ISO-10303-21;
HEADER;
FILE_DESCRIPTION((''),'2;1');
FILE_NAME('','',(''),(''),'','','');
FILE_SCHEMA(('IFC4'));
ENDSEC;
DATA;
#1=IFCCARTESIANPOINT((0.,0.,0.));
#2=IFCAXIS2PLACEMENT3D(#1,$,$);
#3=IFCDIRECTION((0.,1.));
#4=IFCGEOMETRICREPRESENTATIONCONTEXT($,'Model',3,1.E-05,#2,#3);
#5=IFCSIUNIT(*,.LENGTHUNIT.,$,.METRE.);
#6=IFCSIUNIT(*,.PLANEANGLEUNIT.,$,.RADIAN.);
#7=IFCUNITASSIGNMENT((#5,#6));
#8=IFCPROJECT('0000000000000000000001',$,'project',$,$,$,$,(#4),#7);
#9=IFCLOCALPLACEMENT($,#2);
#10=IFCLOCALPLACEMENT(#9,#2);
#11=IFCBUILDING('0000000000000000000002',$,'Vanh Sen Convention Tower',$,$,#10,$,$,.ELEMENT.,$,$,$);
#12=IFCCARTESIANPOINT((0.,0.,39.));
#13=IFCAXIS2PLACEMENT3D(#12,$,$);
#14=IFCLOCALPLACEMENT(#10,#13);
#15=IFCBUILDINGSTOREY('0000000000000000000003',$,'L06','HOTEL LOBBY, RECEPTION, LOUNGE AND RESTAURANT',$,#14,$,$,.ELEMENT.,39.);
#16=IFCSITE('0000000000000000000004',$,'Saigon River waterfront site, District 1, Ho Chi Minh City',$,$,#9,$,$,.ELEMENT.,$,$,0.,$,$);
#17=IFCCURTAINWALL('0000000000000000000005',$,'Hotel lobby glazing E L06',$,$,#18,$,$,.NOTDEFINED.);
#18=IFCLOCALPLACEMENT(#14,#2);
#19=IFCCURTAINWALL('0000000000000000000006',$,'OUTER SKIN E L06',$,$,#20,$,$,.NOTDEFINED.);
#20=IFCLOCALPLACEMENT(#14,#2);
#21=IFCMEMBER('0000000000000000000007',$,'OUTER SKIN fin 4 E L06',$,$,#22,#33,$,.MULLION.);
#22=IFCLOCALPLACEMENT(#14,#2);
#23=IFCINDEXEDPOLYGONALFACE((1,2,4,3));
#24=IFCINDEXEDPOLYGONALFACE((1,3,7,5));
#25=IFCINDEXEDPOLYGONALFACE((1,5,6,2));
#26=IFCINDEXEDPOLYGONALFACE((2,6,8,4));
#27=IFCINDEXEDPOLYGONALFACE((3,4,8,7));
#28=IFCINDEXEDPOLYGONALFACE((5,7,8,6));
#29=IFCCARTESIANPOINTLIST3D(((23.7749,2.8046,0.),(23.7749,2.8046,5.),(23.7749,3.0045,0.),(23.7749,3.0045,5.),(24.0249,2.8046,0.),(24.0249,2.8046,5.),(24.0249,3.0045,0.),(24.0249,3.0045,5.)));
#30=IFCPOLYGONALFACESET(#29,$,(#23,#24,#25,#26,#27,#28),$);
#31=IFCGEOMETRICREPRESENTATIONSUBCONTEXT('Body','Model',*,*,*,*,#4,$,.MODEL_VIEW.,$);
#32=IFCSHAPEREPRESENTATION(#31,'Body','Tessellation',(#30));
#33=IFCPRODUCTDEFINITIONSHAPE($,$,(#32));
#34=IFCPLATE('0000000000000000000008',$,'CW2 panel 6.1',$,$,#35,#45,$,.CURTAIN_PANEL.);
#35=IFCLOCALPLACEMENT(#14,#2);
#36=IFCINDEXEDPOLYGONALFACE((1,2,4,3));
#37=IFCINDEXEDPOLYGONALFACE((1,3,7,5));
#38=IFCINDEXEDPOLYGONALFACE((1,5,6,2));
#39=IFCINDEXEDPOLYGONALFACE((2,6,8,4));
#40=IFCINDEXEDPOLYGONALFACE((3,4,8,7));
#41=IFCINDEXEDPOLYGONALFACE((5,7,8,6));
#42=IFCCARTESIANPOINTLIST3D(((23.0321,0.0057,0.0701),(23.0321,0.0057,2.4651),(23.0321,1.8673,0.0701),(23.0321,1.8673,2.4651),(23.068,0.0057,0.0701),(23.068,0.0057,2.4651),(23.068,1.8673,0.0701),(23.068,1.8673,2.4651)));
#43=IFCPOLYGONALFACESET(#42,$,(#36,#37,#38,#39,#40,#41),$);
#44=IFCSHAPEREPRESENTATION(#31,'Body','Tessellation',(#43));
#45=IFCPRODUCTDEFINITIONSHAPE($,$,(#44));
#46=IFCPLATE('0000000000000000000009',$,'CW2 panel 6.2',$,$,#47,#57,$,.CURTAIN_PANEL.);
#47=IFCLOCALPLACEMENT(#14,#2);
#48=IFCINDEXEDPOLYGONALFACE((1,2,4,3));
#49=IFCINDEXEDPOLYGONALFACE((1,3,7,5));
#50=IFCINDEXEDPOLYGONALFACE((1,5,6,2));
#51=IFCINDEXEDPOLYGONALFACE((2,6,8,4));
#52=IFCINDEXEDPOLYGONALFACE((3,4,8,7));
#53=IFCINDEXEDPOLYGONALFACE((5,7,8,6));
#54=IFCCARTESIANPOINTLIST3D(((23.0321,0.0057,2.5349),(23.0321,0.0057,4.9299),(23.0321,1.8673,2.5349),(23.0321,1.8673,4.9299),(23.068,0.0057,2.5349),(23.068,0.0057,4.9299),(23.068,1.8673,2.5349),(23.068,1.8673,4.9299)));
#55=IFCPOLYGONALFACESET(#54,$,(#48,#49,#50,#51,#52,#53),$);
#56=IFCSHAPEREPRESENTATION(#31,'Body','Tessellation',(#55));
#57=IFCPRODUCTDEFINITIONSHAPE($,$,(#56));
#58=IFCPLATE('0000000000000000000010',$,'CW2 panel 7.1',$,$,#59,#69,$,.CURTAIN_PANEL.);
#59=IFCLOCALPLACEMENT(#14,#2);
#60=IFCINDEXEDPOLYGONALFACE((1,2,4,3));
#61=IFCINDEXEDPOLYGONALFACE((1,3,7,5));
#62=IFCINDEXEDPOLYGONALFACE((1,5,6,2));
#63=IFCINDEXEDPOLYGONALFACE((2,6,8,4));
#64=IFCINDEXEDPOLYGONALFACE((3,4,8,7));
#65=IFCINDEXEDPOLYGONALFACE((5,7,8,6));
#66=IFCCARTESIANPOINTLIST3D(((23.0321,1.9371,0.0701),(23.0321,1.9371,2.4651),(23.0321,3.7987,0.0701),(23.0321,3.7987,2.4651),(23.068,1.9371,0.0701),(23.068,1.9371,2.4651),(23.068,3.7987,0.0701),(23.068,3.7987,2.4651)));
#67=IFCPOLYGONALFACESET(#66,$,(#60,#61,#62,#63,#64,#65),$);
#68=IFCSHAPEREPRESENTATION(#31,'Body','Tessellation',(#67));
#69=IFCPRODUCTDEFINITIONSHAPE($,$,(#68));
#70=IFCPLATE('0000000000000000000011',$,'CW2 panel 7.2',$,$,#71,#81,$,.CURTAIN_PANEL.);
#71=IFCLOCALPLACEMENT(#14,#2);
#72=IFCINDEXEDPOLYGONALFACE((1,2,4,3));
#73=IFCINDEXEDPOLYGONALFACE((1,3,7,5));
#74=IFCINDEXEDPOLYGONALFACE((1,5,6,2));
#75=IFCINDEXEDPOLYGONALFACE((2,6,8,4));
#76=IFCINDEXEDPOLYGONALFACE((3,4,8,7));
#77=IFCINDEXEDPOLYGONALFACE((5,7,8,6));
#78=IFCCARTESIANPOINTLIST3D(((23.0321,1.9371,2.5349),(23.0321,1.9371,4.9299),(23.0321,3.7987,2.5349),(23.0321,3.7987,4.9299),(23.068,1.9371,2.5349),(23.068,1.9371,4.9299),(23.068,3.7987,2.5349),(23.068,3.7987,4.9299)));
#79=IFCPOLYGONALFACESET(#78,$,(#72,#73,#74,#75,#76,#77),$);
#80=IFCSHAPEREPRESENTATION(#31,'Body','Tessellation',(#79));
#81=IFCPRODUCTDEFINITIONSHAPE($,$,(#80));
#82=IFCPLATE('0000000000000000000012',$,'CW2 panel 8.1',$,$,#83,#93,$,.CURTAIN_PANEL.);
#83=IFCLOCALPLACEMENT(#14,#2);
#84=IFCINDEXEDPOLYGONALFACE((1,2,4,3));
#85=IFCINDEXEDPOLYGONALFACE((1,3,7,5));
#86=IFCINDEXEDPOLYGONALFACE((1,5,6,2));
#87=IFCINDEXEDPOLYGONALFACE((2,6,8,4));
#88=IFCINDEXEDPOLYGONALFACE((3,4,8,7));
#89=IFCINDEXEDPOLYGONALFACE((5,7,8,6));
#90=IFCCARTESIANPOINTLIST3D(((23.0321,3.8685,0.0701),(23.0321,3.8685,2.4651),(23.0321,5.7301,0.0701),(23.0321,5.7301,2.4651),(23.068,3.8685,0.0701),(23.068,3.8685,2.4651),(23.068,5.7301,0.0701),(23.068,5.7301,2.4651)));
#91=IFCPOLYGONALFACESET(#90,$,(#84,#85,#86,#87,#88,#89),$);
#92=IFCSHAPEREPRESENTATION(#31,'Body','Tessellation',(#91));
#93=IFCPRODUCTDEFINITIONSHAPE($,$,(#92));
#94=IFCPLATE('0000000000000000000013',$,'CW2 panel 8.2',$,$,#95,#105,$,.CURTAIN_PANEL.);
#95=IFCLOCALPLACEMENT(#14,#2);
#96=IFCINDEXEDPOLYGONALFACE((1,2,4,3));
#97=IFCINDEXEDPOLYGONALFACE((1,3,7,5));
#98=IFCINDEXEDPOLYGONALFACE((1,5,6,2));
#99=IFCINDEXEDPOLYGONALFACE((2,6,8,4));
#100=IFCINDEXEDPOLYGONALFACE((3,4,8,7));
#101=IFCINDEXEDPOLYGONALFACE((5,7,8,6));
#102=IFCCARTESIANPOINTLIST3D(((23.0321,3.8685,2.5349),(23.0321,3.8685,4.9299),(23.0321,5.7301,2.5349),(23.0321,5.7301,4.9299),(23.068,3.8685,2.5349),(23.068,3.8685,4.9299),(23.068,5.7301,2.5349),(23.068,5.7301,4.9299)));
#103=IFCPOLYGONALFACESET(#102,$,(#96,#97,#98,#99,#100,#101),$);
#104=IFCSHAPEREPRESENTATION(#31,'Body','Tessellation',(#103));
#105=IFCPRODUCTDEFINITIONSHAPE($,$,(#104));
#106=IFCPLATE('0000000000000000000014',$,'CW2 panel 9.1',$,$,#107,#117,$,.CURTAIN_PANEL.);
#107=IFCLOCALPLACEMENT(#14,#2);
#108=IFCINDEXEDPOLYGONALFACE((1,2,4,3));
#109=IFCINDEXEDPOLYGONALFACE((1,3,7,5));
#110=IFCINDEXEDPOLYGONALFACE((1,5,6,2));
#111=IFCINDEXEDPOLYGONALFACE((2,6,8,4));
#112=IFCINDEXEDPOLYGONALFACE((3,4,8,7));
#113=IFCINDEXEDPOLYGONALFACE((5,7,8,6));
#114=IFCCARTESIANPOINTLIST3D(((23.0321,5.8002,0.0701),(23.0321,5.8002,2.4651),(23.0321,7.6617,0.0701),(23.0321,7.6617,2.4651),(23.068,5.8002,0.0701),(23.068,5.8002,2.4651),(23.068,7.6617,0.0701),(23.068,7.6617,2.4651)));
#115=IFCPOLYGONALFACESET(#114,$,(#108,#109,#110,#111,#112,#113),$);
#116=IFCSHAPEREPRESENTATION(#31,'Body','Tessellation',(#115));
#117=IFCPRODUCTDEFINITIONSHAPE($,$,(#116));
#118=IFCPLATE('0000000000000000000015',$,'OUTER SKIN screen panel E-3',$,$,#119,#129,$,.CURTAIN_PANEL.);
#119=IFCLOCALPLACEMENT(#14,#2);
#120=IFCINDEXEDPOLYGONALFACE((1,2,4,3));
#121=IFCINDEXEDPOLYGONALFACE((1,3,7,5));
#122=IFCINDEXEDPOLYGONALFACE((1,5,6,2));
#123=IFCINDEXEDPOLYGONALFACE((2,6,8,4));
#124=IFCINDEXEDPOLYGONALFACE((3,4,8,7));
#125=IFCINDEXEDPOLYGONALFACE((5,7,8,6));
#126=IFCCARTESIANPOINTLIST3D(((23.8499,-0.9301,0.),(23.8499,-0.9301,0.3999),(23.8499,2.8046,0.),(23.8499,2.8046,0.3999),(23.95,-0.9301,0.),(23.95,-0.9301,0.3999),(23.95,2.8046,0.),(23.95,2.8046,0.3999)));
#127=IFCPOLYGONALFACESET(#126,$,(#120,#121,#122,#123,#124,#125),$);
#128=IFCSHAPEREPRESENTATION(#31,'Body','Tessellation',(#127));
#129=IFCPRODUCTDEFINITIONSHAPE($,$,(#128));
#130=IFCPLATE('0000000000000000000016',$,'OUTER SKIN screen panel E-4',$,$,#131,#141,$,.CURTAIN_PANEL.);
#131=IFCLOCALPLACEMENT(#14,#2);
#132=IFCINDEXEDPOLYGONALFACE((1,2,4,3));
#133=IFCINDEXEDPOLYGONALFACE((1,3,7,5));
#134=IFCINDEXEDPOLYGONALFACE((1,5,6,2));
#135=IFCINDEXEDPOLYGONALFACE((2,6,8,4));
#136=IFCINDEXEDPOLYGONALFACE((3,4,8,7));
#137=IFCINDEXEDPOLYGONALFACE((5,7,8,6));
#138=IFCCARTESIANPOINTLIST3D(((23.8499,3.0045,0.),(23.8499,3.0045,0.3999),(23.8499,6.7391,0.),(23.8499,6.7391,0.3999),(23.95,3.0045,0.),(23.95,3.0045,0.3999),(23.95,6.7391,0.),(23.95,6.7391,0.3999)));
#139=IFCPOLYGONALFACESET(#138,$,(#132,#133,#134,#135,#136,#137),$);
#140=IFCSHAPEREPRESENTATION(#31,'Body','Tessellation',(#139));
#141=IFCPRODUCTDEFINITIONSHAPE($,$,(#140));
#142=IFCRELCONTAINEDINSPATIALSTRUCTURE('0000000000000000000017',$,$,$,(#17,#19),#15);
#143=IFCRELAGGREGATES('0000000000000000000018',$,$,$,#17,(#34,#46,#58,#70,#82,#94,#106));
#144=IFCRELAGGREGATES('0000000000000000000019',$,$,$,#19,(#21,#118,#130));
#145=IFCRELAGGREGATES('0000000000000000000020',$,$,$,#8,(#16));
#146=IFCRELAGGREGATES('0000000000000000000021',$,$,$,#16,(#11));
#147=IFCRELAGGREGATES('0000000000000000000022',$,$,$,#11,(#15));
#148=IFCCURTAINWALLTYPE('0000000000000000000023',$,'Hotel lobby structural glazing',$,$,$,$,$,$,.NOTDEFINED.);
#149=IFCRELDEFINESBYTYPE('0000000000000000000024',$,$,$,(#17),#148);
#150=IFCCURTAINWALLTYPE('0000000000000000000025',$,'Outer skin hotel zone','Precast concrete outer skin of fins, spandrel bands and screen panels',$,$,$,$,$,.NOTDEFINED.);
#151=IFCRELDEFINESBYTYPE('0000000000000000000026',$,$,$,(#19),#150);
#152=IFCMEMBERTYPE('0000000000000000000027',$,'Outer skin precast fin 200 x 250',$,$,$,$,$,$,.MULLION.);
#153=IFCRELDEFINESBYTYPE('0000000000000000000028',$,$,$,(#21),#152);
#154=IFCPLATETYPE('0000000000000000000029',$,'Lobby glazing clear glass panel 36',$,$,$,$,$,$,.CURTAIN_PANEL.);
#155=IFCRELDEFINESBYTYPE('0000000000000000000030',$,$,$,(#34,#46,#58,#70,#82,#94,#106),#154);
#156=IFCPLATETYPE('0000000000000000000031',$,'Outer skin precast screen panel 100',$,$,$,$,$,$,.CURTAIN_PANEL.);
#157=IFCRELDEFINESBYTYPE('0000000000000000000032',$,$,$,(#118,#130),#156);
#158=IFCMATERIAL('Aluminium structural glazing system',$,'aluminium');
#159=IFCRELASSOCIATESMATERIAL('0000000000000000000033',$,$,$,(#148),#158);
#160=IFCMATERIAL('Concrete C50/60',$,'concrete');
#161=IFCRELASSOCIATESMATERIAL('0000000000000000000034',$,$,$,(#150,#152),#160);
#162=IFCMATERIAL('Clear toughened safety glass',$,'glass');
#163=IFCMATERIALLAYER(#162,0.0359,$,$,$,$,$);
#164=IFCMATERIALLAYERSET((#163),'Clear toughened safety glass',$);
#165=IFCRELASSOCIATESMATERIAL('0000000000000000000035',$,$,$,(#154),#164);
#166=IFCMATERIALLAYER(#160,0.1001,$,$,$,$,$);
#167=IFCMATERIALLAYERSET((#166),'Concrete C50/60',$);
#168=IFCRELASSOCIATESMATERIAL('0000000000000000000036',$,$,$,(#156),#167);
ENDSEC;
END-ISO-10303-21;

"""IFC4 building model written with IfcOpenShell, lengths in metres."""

from ifc_helpers import new_model, si_unit, direction, frame, origin, origin_2d, place, context, subcontext, project, spatial, rectangle, extrude, material, layer, layer_set, material_profile, profile_set, type_object, element, aggregate, save


model = new_model("IFC4")

# Units and contexts
model_context = context("Model", 3, precision=1e-05, world=origin(), true_north=direction((0.0, 1.0)))
body_context = subcontext(model_context, "Body", "Model", "MODEL_VIEW")
ifc_project = project(units=[si_unit("LENGTHUNIT", "METRE"), si_unit("PLANEANGLEUNIT", "RADIAN")], contexts=[model_context])

# Site, building, storey
site_placement = place(None, origin())
site = spatial("IfcSite", under=ifc_project, at=site_placement, Name="Saigon River waterfront site, District 1, Ho Chi Minh City", CompositionType="ELEMENT", RefElevation=0.0)
building_placement = place(site_placement, origin())
building = spatial("IfcBuilding", under=site, at=building_placement, Name="Vanh Sen Convention Tower", CompositionType="ELEMENT")
storey_placement = place(building_placement, frame((0.0, 0.0, 39.0)))
storey = spatial("IfcBuildingStorey", under=building, at=storey_placement, Name="L06", Description="HOTEL LOBBY, RECEPTION, LOUNGE AND RESTAURANT", CompositionType="ELEMENT", Elevation=39.0)

# Curtain wall
ifc_material_1 = material(Name="Aluminium structural glazing system", Category="aluminium")
curtain_wall_type_1 = type_object("IfcCurtainWallType", Name="Hotel lobby structural glazing", PredefinedType="NOTDEFINED", material=ifc_material_1)
curtain_wall_1_placement = place(storey_placement, origin())
curtain_wall_1 = element("IfcCurtainWall", 1, at=curtain_wall_1_placement, inside=storey, type_object=curtain_wall_type_1, Name="Hotel lobby glazing E L06", PredefinedType="NOTDEFINED")

# Curtain wall, member
ifc_material_2 = material(Name="Concrete C50/60", Category="concrete")
curtain_wall_type_2 = type_object("IfcCurtainWallType", Name="Outer skin hotel zone", Description="Precast concrete outer skin of fins, spandrel bands and screen panels", PredefinedType="NOTDEFINED", material=ifc_material_2)
curtain_wall_2_placement = place(storey_placement, origin())
curtain_wall_2 = element("IfcCurtainWall", 2, at=curtain_wall_2_placement, inside=storey, type_object=curtain_wall_type_2, Name="OUTER SKIN E L06", PredefinedType="NOTDEFINED")
ifc_material_profile_1 = material_profile(ifc_material_2, rectangle(XDim=0.2, YDim=0.25, at=origin_2d()), Name="Outer skin precast fin 200 x 250")
ifc_profile_set_1 = profile_set([ifc_material_profile_1], Name="Concrete C50/60")
member_type_1 = type_object("IfcMemberType", Name="Outer skin precast fin 200 x 250", PredefinedType="MULLION", material=ifc_profile_set_1)
member_1_placement = place(storey_placement, frame((23.8999, 2.9045, 0.0), z_axis=(0.0, 0.0, 1.0), x_axis=(0.0, 1.0, 0.0)))
member_1 = element("IfcMember", 3, at=member_1_placement, type_object=member_type_1, Name="OUTER SKIN fin 4 E L06", PredefinedType="MULLION", context=body_context, shape_type="SweptSolid", body=[
    extrude(rectangle(XDim=0.2, YDim=0.25, at=origin_2d()), origin(), (0.0, 0.0, 1.0), 5.0),
])

# Plates
ifc_material_3 = material(Name="Clear toughened safety glass", Category="glass")
ifc_layer_1 = layer(ifc_material_3, 0.0359)
ifc_layer_set_1 = layer_set([ifc_layer_1], Name="Clear toughened safety glass")
plate_type_1 = type_object("IfcPlateType", Name="Lobby glazing clear glass panel 36", PredefinedType="CURTAIN_PANEL", material=ifc_layer_set_1)
plate_1_placement = place(storey_placement, frame((23.05, 0.9365, 0.0701), z_axis=(0.0, 0.0, 1.0), x_axis=(0.0, 1.0, 0.0)))
plate_1 = element("IfcPlate", 4, at=plate_1_placement, type_object=plate_type_1, Name="CW2 panel 6.1", PredefinedType="CURTAIN_PANEL", context=body_context, shape_type="SweptSolid", body=[
    extrude(rectangle(XDim=1.8616, YDim=0.0359, at=origin_2d()), origin(), (0.0, 0.0, 1.0), 2.395),
])
plate_2_placement = place(storey_placement, frame((23.05, 0.9365, 2.5349), z_axis=(0.0, 0.0, 1.0), x_axis=(0.0, 1.0, 0.0)))
plate_2 = element("IfcPlate", 5, at=plate_2_placement, type_object=plate_type_1, Name="CW2 panel 6.2", PredefinedType="CURTAIN_PANEL", context=body_context, shape_type="SweptSolid", body=[
    extrude(rectangle(XDim=1.8616, YDim=0.0359, at=origin_2d()), origin(), (0.0, 0.0, 1.0), 2.395),
])
plate_3_placement = place(storey_placement, frame((23.05, 2.8679, 0.0701), z_axis=(0.0, 0.0, 1.0), x_axis=(0.0, 1.0, 0.0)))
plate_3 = element("IfcPlate", 6, at=plate_3_placement, type_object=plate_type_1, Name="CW2 panel 7.1", PredefinedType="CURTAIN_PANEL", context=body_context, shape_type="SweptSolid", body=[
    extrude(rectangle(XDim=1.8616, YDim=0.0359, at=origin_2d()), origin(), (0.0, 0.0, 1.0), 2.395),
])
plate_4_placement = place(storey_placement, frame((23.05, 2.8679, 2.5349), z_axis=(0.0, 0.0, 1.0), x_axis=(0.0, 1.0, 0.0)))
plate_4 = element("IfcPlate", 7, at=plate_4_placement, type_object=plate_type_1, Name="CW2 panel 7.2", PredefinedType="CURTAIN_PANEL", context=body_context, shape_type="SweptSolid", body=[
    extrude(rectangle(XDim=1.8616, YDim=0.0359, at=origin_2d()), origin(), (0.0, 0.0, 1.0), 2.395),
])
plate_5_placement = place(storey_placement, frame((23.05, 4.7993, 0.0701), z_axis=(0.0, 0.0, 1.0), x_axis=(0.0, 1.0, 0.0)))
plate_5 = element("IfcPlate", 8, at=plate_5_placement, type_object=plate_type_1, Name="CW2 panel 8.1", PredefinedType="CURTAIN_PANEL", context=body_context, shape_type="SweptSolid", body=[
    extrude(rectangle(XDim=1.8616, YDim=0.0359, at=origin_2d()), origin(), (0.0, 0.0, 1.0), 2.395),
])
plate_6_placement = place(storey_placement, frame((23.05, 4.7993, 2.5349), z_axis=(0.0, 0.0, 1.0), x_axis=(0.0, 1.0, 0.0)))
plate_6 = element("IfcPlate", 9, at=plate_6_placement, type_object=plate_type_1, Name="CW2 panel 8.2", PredefinedType="CURTAIN_PANEL", context=body_context, shape_type="SweptSolid", body=[
    extrude(rectangle(XDim=1.8616, YDim=0.0359, at=origin_2d()), origin(), (0.0, 0.0, 1.0), 2.395),
])
plate_7_placement = place(storey_placement, frame((23.05, 6.731, 0.0701), z_axis=(0.0, 0.0, 1.0), x_axis=(0.0, 1.0, 0.0)))
plate_7 = element("IfcPlate", 10, at=plate_7_placement, type_object=plate_type_1, Name="CW2 panel 9.1", PredefinedType="CURTAIN_PANEL", context=body_context, shape_type="SweptSolid", body=[
    extrude(rectangle(XDim=1.8616, YDim=0.0359, at=origin_2d()), origin(), (0.0, 0.0, 1.0), 2.395),
])
aggregate(curtain_wall_1, [plate_1, plate_2, plate_3, plate_4, plate_5, plate_6, plate_7])
ifc_layer_2 = layer(ifc_material_2, 0.1001)
ifc_layer_set_2 = layer_set([ifc_layer_2], Name="Concrete C50/60")
plate_type_2 = type_object("IfcPlateType", Name="Outer skin precast screen panel 100", PredefinedType="CURTAIN_PANEL", material=ifc_layer_set_2)
plate_8_placement = place(storey_placement, frame((23.8999, 0.9373, 0.0), z_axis=(0.0, 0.0, 1.0), x_axis=(0.0, 1.0, 0.0)))
plate_8 = element("IfcPlate", 11, at=plate_8_placement, type_object=plate_type_2, Name="OUTER SKIN screen panel E-3", PredefinedType="CURTAIN_PANEL", context=body_context, shape_type="SweptSolid", body=[
    extrude(rectangle(XDim=3.7346, YDim=0.1001, at=origin_2d()), origin(), (0.0, 0.0, 1.0), 0.3999),
])
plate_9_placement = place(storey_placement, frame((23.8999, 4.8718, 0.0), z_axis=(0.0, 0.0, 1.0), x_axis=(0.0, 1.0, 0.0)))
plate_9 = element("IfcPlate", 12, at=plate_9_placement, type_object=plate_type_2, Name="OUTER SKIN screen panel E-4", PredefinedType="CURTAIN_PANEL", context=body_context, shape_type="SweptSolid", body=[
    extrude(rectangle(XDim=3.7346, YDim=0.1001, at=origin_2d()), origin(), (0.0, 0.0, 1.0), 0.3999),
])
aggregate(curtain_wall_2, [member_1, plate_8, plate_9])

save(model, "model.ifc")
